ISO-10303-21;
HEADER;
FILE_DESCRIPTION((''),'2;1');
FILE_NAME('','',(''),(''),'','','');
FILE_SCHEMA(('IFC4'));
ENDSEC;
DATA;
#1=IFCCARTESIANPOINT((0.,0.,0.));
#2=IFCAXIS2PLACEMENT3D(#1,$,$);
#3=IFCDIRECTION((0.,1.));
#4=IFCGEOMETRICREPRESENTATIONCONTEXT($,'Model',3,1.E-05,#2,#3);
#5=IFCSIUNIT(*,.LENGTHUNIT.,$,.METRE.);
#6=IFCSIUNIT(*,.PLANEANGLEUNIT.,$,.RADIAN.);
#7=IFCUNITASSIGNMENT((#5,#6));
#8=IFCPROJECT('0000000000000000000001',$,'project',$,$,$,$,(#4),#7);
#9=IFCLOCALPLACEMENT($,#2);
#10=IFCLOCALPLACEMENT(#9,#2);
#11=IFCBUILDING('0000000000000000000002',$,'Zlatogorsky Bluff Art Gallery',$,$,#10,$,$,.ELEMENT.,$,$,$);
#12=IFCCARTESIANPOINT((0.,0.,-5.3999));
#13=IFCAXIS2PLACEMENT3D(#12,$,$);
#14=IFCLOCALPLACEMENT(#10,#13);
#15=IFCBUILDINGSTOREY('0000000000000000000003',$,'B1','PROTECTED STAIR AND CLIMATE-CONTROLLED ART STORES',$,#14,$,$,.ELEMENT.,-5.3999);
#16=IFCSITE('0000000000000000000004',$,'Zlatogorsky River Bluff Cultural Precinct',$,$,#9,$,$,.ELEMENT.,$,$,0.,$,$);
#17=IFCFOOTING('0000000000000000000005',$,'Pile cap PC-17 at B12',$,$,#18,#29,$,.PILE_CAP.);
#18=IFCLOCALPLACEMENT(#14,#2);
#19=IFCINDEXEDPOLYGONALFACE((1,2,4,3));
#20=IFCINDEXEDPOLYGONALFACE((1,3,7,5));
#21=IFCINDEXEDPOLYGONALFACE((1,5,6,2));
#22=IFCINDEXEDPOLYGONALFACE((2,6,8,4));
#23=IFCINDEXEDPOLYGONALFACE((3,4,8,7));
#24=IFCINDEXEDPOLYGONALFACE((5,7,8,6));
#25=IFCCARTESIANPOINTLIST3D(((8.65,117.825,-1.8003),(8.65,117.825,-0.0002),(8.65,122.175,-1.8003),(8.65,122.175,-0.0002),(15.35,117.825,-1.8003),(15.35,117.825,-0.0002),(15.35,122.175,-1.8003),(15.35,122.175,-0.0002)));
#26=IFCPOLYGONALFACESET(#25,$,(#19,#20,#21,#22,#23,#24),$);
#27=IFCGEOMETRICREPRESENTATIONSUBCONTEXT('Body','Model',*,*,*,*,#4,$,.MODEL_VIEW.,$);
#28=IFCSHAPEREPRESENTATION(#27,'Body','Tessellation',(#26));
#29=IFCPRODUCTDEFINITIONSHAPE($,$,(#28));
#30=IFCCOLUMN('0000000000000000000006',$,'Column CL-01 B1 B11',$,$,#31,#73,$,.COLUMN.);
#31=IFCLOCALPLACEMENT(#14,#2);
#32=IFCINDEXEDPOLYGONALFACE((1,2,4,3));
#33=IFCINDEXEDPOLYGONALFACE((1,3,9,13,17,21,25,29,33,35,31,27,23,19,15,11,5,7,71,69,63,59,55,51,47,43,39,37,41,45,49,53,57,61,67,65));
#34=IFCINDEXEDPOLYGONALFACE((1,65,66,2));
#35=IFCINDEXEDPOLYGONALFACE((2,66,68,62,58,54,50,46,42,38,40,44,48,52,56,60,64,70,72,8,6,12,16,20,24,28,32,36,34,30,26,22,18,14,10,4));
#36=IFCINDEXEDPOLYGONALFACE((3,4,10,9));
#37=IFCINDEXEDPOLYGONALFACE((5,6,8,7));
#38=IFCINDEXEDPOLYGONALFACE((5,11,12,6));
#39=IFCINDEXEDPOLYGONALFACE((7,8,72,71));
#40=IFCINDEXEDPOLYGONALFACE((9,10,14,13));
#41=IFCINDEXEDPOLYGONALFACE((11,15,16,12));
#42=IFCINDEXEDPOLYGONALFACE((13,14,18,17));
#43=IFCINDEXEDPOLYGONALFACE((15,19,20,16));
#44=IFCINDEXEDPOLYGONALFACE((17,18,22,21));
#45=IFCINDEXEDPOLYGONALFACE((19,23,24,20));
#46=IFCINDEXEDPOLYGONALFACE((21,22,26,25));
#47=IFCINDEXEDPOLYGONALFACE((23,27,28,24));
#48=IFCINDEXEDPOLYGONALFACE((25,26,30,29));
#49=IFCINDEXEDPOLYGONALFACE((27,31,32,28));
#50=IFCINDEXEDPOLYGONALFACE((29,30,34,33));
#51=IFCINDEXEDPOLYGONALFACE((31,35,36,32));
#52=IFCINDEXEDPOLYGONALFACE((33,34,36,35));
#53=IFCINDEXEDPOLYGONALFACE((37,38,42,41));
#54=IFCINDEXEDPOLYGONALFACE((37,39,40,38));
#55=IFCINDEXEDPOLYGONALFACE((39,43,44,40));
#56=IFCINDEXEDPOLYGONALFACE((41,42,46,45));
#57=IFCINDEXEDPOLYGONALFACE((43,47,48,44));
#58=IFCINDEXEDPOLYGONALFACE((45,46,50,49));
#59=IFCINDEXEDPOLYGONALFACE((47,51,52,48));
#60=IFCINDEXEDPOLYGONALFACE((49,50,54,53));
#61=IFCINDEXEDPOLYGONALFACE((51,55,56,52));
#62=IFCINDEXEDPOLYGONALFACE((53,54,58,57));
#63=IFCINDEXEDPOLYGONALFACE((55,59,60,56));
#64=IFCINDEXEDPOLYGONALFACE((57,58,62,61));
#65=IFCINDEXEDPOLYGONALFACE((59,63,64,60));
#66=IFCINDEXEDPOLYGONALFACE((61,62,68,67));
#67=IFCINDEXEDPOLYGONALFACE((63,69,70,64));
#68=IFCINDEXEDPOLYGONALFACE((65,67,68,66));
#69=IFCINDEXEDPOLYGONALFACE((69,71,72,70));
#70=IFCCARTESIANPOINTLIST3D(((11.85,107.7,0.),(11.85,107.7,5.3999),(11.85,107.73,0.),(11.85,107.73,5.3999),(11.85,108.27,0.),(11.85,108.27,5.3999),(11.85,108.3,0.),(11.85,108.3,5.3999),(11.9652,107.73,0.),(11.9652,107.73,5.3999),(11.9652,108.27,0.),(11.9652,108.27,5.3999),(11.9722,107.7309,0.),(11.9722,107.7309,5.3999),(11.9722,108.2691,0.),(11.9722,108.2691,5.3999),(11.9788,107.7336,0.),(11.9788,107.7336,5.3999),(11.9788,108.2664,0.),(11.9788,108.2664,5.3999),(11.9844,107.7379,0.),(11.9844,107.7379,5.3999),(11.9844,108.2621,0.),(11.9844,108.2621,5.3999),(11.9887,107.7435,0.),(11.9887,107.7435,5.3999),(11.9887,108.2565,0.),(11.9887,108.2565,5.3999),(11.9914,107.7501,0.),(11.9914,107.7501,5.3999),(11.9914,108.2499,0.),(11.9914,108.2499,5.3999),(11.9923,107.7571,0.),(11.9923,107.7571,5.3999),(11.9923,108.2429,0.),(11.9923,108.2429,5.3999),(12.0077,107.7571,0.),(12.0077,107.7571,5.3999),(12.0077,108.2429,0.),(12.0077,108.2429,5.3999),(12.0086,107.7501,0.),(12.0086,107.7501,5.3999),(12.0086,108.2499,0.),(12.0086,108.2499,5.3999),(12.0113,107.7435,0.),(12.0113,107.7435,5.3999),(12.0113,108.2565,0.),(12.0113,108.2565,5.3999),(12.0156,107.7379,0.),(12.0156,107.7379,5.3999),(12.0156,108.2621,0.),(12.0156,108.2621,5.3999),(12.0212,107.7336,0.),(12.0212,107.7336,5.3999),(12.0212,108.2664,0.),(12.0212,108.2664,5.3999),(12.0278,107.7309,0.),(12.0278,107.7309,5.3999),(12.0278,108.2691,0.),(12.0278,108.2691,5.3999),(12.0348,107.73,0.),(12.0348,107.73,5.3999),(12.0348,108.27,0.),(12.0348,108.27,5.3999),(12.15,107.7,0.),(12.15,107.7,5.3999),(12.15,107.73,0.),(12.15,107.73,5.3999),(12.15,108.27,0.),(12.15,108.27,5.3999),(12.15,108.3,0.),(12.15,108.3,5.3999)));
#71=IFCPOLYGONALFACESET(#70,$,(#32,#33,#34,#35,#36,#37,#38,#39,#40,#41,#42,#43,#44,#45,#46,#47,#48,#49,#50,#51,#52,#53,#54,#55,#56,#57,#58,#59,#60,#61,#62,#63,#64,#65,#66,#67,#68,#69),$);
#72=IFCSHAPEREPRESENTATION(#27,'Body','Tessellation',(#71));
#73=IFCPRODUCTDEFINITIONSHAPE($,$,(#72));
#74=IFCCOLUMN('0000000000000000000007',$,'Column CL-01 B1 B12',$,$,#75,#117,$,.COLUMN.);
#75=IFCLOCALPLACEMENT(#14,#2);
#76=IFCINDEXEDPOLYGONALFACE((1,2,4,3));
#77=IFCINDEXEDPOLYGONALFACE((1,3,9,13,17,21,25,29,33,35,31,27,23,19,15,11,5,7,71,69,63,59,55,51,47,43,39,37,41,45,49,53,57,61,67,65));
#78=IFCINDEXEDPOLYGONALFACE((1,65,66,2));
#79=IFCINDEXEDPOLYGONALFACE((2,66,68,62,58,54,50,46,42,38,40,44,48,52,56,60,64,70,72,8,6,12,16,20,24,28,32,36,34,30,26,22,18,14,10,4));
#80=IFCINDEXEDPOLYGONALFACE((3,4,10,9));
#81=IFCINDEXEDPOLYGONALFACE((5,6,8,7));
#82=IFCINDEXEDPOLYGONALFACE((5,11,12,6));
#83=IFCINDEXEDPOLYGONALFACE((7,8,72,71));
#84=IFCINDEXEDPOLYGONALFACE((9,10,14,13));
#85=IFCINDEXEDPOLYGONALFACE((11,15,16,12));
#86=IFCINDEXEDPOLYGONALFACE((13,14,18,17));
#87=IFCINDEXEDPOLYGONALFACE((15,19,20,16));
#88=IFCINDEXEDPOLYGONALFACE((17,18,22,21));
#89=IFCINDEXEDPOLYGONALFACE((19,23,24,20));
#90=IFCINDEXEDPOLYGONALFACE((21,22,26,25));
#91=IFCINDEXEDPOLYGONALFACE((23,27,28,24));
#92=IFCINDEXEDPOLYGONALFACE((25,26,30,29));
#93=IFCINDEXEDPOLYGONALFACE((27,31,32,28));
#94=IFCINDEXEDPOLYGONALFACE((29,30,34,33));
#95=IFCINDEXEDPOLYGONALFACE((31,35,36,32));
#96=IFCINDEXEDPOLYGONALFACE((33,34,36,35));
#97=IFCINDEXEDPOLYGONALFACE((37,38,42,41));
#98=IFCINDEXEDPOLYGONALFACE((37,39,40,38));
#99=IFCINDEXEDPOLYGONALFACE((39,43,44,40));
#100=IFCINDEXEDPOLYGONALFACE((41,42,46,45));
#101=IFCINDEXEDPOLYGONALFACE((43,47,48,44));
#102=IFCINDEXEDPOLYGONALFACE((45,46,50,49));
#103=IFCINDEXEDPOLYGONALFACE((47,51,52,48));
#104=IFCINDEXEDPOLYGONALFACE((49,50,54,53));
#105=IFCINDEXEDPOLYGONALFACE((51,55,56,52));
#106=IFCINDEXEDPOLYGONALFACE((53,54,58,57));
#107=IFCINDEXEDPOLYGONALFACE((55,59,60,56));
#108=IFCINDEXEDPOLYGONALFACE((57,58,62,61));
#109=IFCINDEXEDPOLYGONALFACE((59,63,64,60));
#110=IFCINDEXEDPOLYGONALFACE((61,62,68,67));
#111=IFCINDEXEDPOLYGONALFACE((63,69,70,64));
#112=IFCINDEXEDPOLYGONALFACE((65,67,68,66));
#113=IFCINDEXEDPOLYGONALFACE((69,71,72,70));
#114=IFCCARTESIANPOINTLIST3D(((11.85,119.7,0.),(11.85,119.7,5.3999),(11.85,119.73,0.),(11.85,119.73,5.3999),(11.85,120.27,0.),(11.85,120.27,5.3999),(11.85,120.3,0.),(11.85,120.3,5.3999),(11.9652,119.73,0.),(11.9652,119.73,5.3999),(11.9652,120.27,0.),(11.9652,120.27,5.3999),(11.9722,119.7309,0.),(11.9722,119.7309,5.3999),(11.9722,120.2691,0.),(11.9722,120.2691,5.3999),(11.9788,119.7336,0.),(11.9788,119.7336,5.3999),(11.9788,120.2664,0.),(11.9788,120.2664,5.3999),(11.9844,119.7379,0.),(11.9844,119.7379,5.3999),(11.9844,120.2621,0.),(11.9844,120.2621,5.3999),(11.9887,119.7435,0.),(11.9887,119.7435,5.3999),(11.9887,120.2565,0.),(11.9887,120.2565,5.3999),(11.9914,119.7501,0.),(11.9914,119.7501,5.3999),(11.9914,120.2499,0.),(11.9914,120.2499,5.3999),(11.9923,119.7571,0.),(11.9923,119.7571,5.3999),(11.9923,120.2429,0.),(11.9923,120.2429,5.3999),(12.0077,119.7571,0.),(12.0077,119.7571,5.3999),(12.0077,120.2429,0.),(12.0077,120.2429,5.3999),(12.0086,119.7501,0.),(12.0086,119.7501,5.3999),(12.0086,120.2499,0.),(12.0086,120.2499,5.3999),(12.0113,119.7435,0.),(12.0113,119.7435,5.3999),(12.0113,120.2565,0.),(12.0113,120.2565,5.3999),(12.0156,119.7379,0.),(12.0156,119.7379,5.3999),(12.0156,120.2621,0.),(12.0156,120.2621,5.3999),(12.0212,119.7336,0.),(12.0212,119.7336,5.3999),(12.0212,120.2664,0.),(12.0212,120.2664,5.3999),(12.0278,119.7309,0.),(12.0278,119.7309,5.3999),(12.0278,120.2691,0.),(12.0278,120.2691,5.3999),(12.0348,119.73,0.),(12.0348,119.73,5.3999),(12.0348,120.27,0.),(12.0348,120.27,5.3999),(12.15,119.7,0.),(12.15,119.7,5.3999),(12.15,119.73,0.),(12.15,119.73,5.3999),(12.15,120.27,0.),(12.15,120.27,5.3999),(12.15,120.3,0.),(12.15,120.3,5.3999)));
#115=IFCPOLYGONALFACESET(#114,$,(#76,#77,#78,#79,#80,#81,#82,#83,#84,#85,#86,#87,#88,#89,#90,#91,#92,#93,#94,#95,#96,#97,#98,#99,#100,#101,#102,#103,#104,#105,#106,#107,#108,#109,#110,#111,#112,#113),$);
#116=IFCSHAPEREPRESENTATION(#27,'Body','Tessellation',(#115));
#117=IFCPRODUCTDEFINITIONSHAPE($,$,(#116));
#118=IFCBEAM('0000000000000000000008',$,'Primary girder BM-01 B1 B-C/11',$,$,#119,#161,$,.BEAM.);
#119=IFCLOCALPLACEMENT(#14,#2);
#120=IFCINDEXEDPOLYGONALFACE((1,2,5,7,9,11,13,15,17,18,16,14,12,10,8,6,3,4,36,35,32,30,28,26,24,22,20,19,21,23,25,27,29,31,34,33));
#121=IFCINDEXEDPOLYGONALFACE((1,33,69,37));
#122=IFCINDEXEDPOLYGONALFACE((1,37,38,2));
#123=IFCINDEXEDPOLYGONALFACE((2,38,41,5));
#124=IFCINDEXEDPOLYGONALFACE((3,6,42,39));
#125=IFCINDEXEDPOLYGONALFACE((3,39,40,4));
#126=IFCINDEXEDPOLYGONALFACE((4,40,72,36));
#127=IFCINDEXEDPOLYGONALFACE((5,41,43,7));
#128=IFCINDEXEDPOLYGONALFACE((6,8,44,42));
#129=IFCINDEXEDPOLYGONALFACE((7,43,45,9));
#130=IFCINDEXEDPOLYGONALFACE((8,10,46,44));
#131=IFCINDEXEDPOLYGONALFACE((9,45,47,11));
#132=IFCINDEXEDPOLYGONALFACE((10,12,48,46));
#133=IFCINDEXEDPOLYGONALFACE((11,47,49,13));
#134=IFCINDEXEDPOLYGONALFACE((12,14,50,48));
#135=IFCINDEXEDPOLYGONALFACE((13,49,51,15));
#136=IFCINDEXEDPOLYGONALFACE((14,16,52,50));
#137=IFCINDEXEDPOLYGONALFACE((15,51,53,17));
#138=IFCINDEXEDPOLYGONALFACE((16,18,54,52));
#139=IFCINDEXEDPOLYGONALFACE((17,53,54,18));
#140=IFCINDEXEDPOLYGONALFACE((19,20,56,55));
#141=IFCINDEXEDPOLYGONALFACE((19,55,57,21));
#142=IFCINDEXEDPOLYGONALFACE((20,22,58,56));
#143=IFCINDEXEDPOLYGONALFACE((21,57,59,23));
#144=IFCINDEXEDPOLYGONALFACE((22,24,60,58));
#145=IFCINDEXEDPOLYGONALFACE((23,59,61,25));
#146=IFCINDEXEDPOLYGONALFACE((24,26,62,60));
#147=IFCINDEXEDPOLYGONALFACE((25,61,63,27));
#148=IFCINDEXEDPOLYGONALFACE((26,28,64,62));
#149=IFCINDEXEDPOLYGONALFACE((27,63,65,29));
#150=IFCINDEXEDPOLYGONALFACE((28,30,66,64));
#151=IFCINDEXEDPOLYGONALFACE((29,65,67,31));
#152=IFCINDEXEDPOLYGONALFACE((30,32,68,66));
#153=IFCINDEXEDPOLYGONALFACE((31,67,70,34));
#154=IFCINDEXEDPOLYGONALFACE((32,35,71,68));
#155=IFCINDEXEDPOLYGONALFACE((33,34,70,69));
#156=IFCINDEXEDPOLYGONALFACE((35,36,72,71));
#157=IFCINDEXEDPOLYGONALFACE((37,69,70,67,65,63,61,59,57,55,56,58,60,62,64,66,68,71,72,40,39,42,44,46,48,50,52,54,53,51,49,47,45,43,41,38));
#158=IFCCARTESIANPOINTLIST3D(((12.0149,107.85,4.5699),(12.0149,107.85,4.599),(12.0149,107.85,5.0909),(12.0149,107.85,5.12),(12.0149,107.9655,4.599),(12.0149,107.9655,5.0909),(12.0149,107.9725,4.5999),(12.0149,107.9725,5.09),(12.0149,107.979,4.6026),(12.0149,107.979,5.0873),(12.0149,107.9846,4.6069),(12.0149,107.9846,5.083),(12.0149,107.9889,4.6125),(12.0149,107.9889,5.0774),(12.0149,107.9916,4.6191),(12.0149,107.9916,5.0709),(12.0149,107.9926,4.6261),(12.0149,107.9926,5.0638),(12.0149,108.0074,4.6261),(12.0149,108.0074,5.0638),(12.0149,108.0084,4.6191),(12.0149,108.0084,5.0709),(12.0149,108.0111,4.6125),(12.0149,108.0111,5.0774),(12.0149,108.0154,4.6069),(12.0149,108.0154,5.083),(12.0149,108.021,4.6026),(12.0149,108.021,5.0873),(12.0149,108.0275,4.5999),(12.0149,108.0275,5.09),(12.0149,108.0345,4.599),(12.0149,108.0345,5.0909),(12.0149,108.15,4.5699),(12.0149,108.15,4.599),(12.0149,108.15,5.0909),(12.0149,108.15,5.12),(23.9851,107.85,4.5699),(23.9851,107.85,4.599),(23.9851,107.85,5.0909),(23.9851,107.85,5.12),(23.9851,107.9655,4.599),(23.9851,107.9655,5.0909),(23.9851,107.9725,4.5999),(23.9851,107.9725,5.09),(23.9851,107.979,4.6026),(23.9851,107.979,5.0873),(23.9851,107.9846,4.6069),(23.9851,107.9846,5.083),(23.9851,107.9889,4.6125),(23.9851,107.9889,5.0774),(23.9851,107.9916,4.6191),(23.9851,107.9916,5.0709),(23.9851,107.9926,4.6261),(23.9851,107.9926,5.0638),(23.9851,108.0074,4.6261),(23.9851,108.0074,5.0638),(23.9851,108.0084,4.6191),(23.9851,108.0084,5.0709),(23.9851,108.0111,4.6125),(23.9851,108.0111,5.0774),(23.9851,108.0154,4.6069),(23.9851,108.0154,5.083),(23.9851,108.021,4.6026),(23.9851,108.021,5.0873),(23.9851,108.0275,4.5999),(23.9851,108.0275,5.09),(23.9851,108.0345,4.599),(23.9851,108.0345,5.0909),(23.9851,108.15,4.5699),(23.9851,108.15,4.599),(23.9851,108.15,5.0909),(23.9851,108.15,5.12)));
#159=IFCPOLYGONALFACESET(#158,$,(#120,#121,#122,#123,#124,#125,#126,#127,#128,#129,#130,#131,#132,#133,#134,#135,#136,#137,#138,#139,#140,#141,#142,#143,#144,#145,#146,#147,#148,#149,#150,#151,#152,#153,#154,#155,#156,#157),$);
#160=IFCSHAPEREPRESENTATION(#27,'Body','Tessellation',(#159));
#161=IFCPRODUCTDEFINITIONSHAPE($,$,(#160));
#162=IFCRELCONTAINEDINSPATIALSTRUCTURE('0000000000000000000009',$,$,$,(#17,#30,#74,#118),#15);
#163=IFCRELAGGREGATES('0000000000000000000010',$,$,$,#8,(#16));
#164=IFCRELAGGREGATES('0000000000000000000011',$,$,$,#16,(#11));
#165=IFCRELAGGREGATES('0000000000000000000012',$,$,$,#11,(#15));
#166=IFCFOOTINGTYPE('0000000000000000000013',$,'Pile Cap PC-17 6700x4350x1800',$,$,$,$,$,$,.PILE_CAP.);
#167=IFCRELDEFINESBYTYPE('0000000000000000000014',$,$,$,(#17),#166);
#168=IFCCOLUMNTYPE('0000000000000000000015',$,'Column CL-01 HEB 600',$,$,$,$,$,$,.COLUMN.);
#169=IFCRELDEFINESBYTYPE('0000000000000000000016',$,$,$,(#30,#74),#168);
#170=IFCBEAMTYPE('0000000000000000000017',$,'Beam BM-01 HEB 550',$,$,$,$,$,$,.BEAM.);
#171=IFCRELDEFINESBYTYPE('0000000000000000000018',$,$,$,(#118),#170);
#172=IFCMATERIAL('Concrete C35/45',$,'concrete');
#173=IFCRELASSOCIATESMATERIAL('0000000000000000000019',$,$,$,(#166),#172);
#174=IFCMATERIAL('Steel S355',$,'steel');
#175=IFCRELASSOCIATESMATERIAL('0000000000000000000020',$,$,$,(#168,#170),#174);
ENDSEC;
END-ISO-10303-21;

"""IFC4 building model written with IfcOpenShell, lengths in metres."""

from ifc_helpers import new_model, si_unit, direction, frame, origin, origin_2d, place, context, subcontext, project, spatial, rectangle, i_section, extrude, material, material_profile, profile_set, type_object, element, save


model = new_model("IFC4")

# Units and contexts
model_context = context("Model", 3, precision=1e-05, world=origin(), true_north=direction((0.0, 1.0)))
body_context = subcontext(model_context, "Body", "Model", "MODEL_VIEW")
ifc_project = project(units=[si_unit("LENGTHUNIT", "METRE"), si_unit("PLANEANGLEUNIT", "RADIAN")], contexts=[model_context])

# Site, building, storey
site_placement = place(None, origin())
site = spatial("IfcSite", under=ifc_project, at=site_placement, Name="Zlatogorsky River Bluff Cultural Precinct", CompositionType="ELEMENT", RefElevation=0.0)
building_placement = place(site_placement, origin())
building = spatial("IfcBuilding", under=site, at=building_placement, Name="Zlatogorsky Bluff Art Gallery", CompositionType="ELEMENT")
storey_placement = place(building_placement, frame((0.0, 0.0, -5.3999)))
storey = spatial("IfcBuildingStorey", under=building, at=storey_placement, Name="B1", Description="PROTECTED STAIR AND CLIMATE-CONTROLLED ART STORES", CompositionType="ELEMENT", Elevation=-5.3999)

# Shared definitions
ifc_material_1 = material(Name="Concrete C35/45", Category="concrete")

# Footing
footing_type_1 = type_object("IfcFootingType", Name="Pile Cap PC-17 6700x4350x1800", PredefinedType="PILE_CAP", material=ifc_material_1)
footing_1_placement = place(storey_placement, frame((12.0, 120.0, -1.8003), z_axis=(0.0, 0.0, 1.0), x_axis=(1.0, 0.0, 0.0)))
element("IfcFooting", 1, at=footing_1_placement, inside=storey, type_object=footing_type_1, Name="Pile cap PC-17 at B12", PredefinedType="PILE_CAP", context=body_context, shape_type="SweptSolid", body=[
    extrude(rectangle(XDim=6.7, YDim=4.3501, at=origin_2d()), origin(), (0.0, 0.0, 1.0), 1.8),
])

# Columns
ifc_material_2 = material(Name="Steel S355", Category="steel")
ifc_material_profile_1 = material_profile(ifc_material_2, i_section(OverallWidth=0.3, OverallDepth=0.6001, WebThickness=0.0154, FlangeThickness=0.03, FilletRadius=0.0271, at=origin_2d()), Name="HEB 600")
ifc_profile_set_1 = profile_set([ifc_material_profile_1], Name="Steel S355")
column_type = type_object("IfcColumnType", Name="Column CL-01 HEB 600", PredefinedType="COLUMN", material=ifc_profile_set_1)
for number, where, z_axis, x_axis, name in (
    (2, (12.0, 108.0, 0.0), (0.0, 0.0, 1.0), (1.0, 0.0, 0.0), "Column CL-01 B1 B11"),
    (3, (12.0, 120.0, 0.0), (0.0, 0.0, 1.0), (1.0, 0.0, 0.0), "Column CL-01 B1 B12"),
):
    element("IfcColumn", number, at=place(storey_placement, frame(where, z_axis=z_axis, x_axis=x_axis)), inside=storey, type_object=column_type, Name=name, PredefinedType="COLUMN", context=body_context, shape_type="SweptSolid", body=[
        extrude(i_section(OverallWidth=0.3, OverallDepth=0.6001, WebThickness=0.0154, FlangeThickness=0.03, FilletRadius=0.0271, at=origin_2d()), origin(), (0.0, 0.0, 1.0), 5.3999),
    ])

# Beam
ifc_material_profile_2 = material_profile(ifc_material_2, i_section(OverallWidth=0.3, OverallDepth=0.55, WebThickness=0.0149, FlangeThickness=0.0291, FilletRadius=0.0271, at=origin_2d()), Name="HEB 550")
ifc_profile_set_2 = profile_set([ifc_material_profile_2], Name="Steel S355")
beam_type_1 = type_object("IfcBeamType", Name="Beam BM-01 HEB 550", PredefinedType="BEAM", material=ifc_profile_set_2)
beam_1_placement = place(storey_placement, frame((12.0149, 108.0, 4.845), z_axis=(1.0, 0.0, 0.0), x_axis=(0.0, 1.0, 0.0)))
element("IfcBeam", 4, at=beam_1_placement, inside=storey, type_object=beam_type_1, Name="Primary girder BM-01 B1 B-C/11", PredefinedType="BEAM", context=body_context, shape_type="SweptSolid", body=[
    extrude(i_section(OverallWidth=0.3, OverallDepth=0.55, WebThickness=0.0149, FlangeThickness=0.0291, FilletRadius=0.0271, at=origin_2d()), origin(), (0.0, 0.0, 1.0), 11.9702),
])

save(model, "model.ifc")
